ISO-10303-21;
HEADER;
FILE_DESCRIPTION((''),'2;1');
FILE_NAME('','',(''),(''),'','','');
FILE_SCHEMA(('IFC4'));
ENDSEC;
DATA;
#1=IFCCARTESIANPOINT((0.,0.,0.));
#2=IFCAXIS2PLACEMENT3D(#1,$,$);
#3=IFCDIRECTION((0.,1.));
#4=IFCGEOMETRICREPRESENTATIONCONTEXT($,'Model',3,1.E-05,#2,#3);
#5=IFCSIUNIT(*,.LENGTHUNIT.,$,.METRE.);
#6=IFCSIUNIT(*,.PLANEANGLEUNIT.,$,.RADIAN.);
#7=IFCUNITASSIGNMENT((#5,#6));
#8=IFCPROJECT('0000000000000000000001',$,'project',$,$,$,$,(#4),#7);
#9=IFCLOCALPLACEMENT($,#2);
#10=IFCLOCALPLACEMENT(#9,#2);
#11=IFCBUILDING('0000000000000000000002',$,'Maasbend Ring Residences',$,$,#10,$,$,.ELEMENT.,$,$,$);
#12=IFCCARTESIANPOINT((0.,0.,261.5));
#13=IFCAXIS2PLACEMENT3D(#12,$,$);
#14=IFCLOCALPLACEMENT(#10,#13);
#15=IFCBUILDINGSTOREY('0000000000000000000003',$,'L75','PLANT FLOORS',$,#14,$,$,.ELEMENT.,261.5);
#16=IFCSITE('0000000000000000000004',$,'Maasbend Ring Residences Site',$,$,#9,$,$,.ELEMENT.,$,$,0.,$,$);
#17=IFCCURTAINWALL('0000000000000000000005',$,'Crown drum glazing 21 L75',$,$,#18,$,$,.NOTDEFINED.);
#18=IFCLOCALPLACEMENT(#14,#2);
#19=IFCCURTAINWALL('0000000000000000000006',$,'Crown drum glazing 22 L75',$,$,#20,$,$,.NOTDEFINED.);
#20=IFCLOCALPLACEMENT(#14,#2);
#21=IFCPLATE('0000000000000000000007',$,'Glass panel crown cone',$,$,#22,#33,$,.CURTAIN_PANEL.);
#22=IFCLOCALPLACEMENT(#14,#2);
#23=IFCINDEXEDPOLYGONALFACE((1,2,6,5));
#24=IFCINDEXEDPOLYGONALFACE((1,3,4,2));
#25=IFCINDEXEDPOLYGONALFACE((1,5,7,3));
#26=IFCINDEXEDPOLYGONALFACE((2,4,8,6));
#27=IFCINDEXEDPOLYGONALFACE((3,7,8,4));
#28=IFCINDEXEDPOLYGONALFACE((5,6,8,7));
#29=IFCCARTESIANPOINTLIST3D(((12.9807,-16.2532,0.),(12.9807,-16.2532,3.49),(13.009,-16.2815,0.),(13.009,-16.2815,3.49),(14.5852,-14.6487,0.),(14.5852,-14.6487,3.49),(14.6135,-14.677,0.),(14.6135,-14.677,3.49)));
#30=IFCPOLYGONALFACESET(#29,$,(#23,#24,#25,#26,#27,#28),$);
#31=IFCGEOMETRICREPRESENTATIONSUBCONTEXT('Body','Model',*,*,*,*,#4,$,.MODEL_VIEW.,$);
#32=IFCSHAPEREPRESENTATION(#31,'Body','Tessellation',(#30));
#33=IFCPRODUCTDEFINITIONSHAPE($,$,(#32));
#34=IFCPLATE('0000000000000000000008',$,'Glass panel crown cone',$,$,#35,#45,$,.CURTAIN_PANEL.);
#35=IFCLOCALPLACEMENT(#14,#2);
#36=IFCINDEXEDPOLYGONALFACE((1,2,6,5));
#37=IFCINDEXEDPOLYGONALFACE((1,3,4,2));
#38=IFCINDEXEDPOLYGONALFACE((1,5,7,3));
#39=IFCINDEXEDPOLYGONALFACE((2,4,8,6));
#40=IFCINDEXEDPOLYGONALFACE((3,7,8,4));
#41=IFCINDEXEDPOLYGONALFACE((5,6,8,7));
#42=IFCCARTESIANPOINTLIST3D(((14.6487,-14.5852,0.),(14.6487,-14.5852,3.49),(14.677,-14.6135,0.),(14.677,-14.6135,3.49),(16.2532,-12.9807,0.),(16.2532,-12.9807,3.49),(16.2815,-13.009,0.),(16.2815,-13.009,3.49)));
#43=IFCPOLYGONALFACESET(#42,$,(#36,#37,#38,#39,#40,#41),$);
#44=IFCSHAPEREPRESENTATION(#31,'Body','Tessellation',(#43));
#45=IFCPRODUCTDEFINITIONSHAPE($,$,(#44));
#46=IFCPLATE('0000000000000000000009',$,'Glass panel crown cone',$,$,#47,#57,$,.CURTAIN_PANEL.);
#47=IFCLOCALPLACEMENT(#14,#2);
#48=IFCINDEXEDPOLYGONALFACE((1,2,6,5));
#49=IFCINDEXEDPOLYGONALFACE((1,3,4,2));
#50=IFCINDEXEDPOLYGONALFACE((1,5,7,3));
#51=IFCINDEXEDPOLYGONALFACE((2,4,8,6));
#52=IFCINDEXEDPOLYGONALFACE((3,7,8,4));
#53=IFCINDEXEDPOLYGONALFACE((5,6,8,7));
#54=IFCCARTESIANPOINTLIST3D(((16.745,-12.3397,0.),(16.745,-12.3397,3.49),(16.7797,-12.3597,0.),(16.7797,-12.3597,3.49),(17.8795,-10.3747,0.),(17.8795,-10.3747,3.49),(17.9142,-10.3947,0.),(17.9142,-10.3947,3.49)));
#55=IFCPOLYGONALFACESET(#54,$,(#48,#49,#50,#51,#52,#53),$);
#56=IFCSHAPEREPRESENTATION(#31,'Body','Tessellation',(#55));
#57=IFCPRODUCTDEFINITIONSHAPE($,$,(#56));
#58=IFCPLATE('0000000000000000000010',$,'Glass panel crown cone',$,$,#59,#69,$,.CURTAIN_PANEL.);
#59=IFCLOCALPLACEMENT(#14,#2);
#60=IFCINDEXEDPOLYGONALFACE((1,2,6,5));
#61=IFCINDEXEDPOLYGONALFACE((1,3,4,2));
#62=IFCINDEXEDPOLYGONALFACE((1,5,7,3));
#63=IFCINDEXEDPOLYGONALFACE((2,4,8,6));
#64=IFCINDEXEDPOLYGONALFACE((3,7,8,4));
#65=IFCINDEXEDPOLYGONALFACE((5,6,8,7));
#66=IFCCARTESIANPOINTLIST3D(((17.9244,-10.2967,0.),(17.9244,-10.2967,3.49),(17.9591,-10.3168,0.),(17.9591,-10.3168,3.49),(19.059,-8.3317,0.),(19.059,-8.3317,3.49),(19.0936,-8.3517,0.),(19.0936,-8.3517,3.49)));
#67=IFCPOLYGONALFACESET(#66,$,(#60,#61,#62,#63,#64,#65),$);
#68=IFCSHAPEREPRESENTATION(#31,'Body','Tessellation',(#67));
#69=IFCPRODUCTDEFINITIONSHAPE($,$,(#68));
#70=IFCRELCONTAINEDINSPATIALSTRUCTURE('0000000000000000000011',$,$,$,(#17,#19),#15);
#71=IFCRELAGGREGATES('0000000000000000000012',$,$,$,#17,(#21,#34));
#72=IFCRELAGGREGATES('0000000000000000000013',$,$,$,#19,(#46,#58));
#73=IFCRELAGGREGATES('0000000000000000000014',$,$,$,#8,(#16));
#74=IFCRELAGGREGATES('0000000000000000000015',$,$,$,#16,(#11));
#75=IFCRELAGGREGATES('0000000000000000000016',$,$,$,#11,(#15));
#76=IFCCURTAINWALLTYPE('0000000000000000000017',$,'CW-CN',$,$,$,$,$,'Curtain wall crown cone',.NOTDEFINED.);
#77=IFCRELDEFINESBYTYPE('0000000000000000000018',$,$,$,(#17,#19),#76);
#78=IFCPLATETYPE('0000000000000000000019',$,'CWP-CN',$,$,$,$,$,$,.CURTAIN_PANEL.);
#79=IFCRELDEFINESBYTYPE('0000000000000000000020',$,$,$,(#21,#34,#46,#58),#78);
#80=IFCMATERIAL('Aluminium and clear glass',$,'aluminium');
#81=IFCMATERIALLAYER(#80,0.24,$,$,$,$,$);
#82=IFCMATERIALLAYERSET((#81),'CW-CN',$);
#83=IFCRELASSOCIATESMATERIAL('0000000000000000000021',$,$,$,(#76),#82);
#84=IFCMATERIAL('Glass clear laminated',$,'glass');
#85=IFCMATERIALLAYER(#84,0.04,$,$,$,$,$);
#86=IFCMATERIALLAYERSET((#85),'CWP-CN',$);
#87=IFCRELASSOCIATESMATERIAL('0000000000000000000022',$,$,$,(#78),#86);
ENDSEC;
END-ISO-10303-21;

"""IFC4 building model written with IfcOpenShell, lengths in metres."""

from ifc_helpers import new_model, si_unit, direction, frame, origin, origin_2d, place, context, subcontext, project, spatial, rectangle, extrude, material, layer, layer_set, type_object, element, aggregate, save


model = new_model("IFC4")

# Units and contexts
model_context = context("Model", 3, precision=1e-05, world=origin(), true_north=direction((0.0, 1.0)))
body_context = subcontext(model_context, "Body", "Model", "MODEL_VIEW")
ifc_project = project(units=[si_unit("LENGTHUNIT", "METRE"), si_unit("PLANEANGLEUNIT", "RADIAN")], contexts=[model_context])

# Site, building, storey
site_placement = place(None, origin())
site = spatial("IfcSite", under=ifc_project, at=site_placement, Name="Maasbend Ring Residences Site", CompositionType="ELEMENT", RefElevation=0.0)
building_placement = place(site_placement, origin())
building = spatial("IfcBuilding", under=site, at=building_placement, Name="Maasbend Ring Residences", CompositionType="ELEMENT")
storey_placement = place(building_placement, frame((0.0, 0.0, 261.5)))
storey = spatial("IfcBuildingStorey", under=building, at=storey_placement, Name="L75", Description="PLANT FLOORS", CompositionType="ELEMENT", Elevation=261.5)

# Shared definitions
ifc_material_1 = material(Name="Aluminium and clear glass", Category="aluminium")
ifc_layer_1 = layer(ifc_material_1, 0.24)
ifc_layer_set_1 = layer_set([ifc_layer_1], Name="CW-CN")
curtain_wall_type = type_object("IfcCurtainWallType", Name="CW-CN", ElementType="Curtain wall crown cone", PredefinedType="NOTDEFINED", material=ifc_layer_set_1)

# Curtain walls
curtain_wall_1_placement = place(storey_placement, origin())
curtain_wall_1 = element("IfcCurtainWall", 1, at=curtain_wall_1_placement, inside=storey, type_object=curtain_wall_type, Name="Crown drum glazing 21 L75", PredefinedType="NOTDEFINED")
curtain_wall_2_placement = place(storey_placement, origin())
curtain_wall_2 = element("IfcCurtainWall", 2, at=curtain_wall_2_placement, inside=storey, type_object=curtain_wall_type, Name="Crown drum glazing 22 L75", PredefinedType="NOTDEFINED")

# Plates
ifc_material_2 = material(Name="Glass clear laminated", Category="glass")
ifc_layer_2 = layer(ifc_material_2, 0.04)
ifc_layer_set_2 = layer_set([ifc_layer_2], Name="CWP-CN")
plate_type = type_object("IfcPlateType", Name="CWP-CN", PredefinedType="CURTAIN_PANEL", material=ifc_layer_set_2)
plate_1_placement = place(storey_placement, frame((13.7971, -15.4651, 0.0), z_axis=(0.0, 0.0, 1.0), x_axis=(0.707107, 0.707107, 0.0)))
plate_1 = element("IfcPlate", 3, at=plate_1_placement, type_object=plate_type, Name="Glass panel crown cone", PredefinedType="CURTAIN_PANEL", context=body_context, shape_type="SweptSolid", body=[
    extrude(rectangle(XDim=2.269, YDim=0.04, at=origin_2d()), origin(), (0.0, 0.0, 1.0), 3.49),
])
plate_2_placement = place(storey_placement, frame((15.4651, -13.7971, 0.0), z_axis=(0.0, 0.0, 1.0), x_axis=(0.707107, 0.707107, 0.0)))
plate_2 = element("IfcPlate", 4, at=plate_2_placement, type_object=plate_type, Name="Glass panel crown cone", PredefinedType="CURTAIN_PANEL", context=body_context, shape_type="SweptSolid", body=[
    extrude(rectangle(XDim=2.269, YDim=0.04, at=origin_2d()), origin(), (0.0, 0.0, 1.0), 3.49),
])
aggregate(curtain_wall_1, [plate_1, plate_2])
plate_3_placement = place(storey_placement, frame((17.3296, -11.3672, 0.0), z_axis=(0.0, 0.0, 1.0), x_axis=(0.5, 0.866025, 0.0)))
plate_3 = element("IfcPlate", 5, at=plate_3_placement, type_object=plate_type, Name="Glass panel crown cone", PredefinedType="CURTAIN_PANEL", context=body_context, shape_type="SweptSolid", body=[
    extrude(rectangle(XDim=2.269, YDim=0.04, at=origin_2d()), origin(), (0.0, 0.0, 1.0), 3.49),
])
plate_4_placement = place(storey_placement, frame((18.509, -9.3242, 0.0), z_axis=(0.0, 0.0, 1.0), x_axis=(0.5, 0.866025, 0.0)))
plate_4 = element("IfcPlate", 6, at=plate_4_placement, type_object=plate_type, Name="Glass panel crown cone", PredefinedType="CURTAIN_PANEL", context=body_context, shape_type="SweptSolid", body=[
    extrude(rectangle(XDim=2.269, YDim=0.04, at=origin_2d()), origin(), (0.0, 0.0, 1.0), 3.49),
])
aggregate(curtain_wall_2, [plate_3, plate_4])

save(model, "model.ifc")
